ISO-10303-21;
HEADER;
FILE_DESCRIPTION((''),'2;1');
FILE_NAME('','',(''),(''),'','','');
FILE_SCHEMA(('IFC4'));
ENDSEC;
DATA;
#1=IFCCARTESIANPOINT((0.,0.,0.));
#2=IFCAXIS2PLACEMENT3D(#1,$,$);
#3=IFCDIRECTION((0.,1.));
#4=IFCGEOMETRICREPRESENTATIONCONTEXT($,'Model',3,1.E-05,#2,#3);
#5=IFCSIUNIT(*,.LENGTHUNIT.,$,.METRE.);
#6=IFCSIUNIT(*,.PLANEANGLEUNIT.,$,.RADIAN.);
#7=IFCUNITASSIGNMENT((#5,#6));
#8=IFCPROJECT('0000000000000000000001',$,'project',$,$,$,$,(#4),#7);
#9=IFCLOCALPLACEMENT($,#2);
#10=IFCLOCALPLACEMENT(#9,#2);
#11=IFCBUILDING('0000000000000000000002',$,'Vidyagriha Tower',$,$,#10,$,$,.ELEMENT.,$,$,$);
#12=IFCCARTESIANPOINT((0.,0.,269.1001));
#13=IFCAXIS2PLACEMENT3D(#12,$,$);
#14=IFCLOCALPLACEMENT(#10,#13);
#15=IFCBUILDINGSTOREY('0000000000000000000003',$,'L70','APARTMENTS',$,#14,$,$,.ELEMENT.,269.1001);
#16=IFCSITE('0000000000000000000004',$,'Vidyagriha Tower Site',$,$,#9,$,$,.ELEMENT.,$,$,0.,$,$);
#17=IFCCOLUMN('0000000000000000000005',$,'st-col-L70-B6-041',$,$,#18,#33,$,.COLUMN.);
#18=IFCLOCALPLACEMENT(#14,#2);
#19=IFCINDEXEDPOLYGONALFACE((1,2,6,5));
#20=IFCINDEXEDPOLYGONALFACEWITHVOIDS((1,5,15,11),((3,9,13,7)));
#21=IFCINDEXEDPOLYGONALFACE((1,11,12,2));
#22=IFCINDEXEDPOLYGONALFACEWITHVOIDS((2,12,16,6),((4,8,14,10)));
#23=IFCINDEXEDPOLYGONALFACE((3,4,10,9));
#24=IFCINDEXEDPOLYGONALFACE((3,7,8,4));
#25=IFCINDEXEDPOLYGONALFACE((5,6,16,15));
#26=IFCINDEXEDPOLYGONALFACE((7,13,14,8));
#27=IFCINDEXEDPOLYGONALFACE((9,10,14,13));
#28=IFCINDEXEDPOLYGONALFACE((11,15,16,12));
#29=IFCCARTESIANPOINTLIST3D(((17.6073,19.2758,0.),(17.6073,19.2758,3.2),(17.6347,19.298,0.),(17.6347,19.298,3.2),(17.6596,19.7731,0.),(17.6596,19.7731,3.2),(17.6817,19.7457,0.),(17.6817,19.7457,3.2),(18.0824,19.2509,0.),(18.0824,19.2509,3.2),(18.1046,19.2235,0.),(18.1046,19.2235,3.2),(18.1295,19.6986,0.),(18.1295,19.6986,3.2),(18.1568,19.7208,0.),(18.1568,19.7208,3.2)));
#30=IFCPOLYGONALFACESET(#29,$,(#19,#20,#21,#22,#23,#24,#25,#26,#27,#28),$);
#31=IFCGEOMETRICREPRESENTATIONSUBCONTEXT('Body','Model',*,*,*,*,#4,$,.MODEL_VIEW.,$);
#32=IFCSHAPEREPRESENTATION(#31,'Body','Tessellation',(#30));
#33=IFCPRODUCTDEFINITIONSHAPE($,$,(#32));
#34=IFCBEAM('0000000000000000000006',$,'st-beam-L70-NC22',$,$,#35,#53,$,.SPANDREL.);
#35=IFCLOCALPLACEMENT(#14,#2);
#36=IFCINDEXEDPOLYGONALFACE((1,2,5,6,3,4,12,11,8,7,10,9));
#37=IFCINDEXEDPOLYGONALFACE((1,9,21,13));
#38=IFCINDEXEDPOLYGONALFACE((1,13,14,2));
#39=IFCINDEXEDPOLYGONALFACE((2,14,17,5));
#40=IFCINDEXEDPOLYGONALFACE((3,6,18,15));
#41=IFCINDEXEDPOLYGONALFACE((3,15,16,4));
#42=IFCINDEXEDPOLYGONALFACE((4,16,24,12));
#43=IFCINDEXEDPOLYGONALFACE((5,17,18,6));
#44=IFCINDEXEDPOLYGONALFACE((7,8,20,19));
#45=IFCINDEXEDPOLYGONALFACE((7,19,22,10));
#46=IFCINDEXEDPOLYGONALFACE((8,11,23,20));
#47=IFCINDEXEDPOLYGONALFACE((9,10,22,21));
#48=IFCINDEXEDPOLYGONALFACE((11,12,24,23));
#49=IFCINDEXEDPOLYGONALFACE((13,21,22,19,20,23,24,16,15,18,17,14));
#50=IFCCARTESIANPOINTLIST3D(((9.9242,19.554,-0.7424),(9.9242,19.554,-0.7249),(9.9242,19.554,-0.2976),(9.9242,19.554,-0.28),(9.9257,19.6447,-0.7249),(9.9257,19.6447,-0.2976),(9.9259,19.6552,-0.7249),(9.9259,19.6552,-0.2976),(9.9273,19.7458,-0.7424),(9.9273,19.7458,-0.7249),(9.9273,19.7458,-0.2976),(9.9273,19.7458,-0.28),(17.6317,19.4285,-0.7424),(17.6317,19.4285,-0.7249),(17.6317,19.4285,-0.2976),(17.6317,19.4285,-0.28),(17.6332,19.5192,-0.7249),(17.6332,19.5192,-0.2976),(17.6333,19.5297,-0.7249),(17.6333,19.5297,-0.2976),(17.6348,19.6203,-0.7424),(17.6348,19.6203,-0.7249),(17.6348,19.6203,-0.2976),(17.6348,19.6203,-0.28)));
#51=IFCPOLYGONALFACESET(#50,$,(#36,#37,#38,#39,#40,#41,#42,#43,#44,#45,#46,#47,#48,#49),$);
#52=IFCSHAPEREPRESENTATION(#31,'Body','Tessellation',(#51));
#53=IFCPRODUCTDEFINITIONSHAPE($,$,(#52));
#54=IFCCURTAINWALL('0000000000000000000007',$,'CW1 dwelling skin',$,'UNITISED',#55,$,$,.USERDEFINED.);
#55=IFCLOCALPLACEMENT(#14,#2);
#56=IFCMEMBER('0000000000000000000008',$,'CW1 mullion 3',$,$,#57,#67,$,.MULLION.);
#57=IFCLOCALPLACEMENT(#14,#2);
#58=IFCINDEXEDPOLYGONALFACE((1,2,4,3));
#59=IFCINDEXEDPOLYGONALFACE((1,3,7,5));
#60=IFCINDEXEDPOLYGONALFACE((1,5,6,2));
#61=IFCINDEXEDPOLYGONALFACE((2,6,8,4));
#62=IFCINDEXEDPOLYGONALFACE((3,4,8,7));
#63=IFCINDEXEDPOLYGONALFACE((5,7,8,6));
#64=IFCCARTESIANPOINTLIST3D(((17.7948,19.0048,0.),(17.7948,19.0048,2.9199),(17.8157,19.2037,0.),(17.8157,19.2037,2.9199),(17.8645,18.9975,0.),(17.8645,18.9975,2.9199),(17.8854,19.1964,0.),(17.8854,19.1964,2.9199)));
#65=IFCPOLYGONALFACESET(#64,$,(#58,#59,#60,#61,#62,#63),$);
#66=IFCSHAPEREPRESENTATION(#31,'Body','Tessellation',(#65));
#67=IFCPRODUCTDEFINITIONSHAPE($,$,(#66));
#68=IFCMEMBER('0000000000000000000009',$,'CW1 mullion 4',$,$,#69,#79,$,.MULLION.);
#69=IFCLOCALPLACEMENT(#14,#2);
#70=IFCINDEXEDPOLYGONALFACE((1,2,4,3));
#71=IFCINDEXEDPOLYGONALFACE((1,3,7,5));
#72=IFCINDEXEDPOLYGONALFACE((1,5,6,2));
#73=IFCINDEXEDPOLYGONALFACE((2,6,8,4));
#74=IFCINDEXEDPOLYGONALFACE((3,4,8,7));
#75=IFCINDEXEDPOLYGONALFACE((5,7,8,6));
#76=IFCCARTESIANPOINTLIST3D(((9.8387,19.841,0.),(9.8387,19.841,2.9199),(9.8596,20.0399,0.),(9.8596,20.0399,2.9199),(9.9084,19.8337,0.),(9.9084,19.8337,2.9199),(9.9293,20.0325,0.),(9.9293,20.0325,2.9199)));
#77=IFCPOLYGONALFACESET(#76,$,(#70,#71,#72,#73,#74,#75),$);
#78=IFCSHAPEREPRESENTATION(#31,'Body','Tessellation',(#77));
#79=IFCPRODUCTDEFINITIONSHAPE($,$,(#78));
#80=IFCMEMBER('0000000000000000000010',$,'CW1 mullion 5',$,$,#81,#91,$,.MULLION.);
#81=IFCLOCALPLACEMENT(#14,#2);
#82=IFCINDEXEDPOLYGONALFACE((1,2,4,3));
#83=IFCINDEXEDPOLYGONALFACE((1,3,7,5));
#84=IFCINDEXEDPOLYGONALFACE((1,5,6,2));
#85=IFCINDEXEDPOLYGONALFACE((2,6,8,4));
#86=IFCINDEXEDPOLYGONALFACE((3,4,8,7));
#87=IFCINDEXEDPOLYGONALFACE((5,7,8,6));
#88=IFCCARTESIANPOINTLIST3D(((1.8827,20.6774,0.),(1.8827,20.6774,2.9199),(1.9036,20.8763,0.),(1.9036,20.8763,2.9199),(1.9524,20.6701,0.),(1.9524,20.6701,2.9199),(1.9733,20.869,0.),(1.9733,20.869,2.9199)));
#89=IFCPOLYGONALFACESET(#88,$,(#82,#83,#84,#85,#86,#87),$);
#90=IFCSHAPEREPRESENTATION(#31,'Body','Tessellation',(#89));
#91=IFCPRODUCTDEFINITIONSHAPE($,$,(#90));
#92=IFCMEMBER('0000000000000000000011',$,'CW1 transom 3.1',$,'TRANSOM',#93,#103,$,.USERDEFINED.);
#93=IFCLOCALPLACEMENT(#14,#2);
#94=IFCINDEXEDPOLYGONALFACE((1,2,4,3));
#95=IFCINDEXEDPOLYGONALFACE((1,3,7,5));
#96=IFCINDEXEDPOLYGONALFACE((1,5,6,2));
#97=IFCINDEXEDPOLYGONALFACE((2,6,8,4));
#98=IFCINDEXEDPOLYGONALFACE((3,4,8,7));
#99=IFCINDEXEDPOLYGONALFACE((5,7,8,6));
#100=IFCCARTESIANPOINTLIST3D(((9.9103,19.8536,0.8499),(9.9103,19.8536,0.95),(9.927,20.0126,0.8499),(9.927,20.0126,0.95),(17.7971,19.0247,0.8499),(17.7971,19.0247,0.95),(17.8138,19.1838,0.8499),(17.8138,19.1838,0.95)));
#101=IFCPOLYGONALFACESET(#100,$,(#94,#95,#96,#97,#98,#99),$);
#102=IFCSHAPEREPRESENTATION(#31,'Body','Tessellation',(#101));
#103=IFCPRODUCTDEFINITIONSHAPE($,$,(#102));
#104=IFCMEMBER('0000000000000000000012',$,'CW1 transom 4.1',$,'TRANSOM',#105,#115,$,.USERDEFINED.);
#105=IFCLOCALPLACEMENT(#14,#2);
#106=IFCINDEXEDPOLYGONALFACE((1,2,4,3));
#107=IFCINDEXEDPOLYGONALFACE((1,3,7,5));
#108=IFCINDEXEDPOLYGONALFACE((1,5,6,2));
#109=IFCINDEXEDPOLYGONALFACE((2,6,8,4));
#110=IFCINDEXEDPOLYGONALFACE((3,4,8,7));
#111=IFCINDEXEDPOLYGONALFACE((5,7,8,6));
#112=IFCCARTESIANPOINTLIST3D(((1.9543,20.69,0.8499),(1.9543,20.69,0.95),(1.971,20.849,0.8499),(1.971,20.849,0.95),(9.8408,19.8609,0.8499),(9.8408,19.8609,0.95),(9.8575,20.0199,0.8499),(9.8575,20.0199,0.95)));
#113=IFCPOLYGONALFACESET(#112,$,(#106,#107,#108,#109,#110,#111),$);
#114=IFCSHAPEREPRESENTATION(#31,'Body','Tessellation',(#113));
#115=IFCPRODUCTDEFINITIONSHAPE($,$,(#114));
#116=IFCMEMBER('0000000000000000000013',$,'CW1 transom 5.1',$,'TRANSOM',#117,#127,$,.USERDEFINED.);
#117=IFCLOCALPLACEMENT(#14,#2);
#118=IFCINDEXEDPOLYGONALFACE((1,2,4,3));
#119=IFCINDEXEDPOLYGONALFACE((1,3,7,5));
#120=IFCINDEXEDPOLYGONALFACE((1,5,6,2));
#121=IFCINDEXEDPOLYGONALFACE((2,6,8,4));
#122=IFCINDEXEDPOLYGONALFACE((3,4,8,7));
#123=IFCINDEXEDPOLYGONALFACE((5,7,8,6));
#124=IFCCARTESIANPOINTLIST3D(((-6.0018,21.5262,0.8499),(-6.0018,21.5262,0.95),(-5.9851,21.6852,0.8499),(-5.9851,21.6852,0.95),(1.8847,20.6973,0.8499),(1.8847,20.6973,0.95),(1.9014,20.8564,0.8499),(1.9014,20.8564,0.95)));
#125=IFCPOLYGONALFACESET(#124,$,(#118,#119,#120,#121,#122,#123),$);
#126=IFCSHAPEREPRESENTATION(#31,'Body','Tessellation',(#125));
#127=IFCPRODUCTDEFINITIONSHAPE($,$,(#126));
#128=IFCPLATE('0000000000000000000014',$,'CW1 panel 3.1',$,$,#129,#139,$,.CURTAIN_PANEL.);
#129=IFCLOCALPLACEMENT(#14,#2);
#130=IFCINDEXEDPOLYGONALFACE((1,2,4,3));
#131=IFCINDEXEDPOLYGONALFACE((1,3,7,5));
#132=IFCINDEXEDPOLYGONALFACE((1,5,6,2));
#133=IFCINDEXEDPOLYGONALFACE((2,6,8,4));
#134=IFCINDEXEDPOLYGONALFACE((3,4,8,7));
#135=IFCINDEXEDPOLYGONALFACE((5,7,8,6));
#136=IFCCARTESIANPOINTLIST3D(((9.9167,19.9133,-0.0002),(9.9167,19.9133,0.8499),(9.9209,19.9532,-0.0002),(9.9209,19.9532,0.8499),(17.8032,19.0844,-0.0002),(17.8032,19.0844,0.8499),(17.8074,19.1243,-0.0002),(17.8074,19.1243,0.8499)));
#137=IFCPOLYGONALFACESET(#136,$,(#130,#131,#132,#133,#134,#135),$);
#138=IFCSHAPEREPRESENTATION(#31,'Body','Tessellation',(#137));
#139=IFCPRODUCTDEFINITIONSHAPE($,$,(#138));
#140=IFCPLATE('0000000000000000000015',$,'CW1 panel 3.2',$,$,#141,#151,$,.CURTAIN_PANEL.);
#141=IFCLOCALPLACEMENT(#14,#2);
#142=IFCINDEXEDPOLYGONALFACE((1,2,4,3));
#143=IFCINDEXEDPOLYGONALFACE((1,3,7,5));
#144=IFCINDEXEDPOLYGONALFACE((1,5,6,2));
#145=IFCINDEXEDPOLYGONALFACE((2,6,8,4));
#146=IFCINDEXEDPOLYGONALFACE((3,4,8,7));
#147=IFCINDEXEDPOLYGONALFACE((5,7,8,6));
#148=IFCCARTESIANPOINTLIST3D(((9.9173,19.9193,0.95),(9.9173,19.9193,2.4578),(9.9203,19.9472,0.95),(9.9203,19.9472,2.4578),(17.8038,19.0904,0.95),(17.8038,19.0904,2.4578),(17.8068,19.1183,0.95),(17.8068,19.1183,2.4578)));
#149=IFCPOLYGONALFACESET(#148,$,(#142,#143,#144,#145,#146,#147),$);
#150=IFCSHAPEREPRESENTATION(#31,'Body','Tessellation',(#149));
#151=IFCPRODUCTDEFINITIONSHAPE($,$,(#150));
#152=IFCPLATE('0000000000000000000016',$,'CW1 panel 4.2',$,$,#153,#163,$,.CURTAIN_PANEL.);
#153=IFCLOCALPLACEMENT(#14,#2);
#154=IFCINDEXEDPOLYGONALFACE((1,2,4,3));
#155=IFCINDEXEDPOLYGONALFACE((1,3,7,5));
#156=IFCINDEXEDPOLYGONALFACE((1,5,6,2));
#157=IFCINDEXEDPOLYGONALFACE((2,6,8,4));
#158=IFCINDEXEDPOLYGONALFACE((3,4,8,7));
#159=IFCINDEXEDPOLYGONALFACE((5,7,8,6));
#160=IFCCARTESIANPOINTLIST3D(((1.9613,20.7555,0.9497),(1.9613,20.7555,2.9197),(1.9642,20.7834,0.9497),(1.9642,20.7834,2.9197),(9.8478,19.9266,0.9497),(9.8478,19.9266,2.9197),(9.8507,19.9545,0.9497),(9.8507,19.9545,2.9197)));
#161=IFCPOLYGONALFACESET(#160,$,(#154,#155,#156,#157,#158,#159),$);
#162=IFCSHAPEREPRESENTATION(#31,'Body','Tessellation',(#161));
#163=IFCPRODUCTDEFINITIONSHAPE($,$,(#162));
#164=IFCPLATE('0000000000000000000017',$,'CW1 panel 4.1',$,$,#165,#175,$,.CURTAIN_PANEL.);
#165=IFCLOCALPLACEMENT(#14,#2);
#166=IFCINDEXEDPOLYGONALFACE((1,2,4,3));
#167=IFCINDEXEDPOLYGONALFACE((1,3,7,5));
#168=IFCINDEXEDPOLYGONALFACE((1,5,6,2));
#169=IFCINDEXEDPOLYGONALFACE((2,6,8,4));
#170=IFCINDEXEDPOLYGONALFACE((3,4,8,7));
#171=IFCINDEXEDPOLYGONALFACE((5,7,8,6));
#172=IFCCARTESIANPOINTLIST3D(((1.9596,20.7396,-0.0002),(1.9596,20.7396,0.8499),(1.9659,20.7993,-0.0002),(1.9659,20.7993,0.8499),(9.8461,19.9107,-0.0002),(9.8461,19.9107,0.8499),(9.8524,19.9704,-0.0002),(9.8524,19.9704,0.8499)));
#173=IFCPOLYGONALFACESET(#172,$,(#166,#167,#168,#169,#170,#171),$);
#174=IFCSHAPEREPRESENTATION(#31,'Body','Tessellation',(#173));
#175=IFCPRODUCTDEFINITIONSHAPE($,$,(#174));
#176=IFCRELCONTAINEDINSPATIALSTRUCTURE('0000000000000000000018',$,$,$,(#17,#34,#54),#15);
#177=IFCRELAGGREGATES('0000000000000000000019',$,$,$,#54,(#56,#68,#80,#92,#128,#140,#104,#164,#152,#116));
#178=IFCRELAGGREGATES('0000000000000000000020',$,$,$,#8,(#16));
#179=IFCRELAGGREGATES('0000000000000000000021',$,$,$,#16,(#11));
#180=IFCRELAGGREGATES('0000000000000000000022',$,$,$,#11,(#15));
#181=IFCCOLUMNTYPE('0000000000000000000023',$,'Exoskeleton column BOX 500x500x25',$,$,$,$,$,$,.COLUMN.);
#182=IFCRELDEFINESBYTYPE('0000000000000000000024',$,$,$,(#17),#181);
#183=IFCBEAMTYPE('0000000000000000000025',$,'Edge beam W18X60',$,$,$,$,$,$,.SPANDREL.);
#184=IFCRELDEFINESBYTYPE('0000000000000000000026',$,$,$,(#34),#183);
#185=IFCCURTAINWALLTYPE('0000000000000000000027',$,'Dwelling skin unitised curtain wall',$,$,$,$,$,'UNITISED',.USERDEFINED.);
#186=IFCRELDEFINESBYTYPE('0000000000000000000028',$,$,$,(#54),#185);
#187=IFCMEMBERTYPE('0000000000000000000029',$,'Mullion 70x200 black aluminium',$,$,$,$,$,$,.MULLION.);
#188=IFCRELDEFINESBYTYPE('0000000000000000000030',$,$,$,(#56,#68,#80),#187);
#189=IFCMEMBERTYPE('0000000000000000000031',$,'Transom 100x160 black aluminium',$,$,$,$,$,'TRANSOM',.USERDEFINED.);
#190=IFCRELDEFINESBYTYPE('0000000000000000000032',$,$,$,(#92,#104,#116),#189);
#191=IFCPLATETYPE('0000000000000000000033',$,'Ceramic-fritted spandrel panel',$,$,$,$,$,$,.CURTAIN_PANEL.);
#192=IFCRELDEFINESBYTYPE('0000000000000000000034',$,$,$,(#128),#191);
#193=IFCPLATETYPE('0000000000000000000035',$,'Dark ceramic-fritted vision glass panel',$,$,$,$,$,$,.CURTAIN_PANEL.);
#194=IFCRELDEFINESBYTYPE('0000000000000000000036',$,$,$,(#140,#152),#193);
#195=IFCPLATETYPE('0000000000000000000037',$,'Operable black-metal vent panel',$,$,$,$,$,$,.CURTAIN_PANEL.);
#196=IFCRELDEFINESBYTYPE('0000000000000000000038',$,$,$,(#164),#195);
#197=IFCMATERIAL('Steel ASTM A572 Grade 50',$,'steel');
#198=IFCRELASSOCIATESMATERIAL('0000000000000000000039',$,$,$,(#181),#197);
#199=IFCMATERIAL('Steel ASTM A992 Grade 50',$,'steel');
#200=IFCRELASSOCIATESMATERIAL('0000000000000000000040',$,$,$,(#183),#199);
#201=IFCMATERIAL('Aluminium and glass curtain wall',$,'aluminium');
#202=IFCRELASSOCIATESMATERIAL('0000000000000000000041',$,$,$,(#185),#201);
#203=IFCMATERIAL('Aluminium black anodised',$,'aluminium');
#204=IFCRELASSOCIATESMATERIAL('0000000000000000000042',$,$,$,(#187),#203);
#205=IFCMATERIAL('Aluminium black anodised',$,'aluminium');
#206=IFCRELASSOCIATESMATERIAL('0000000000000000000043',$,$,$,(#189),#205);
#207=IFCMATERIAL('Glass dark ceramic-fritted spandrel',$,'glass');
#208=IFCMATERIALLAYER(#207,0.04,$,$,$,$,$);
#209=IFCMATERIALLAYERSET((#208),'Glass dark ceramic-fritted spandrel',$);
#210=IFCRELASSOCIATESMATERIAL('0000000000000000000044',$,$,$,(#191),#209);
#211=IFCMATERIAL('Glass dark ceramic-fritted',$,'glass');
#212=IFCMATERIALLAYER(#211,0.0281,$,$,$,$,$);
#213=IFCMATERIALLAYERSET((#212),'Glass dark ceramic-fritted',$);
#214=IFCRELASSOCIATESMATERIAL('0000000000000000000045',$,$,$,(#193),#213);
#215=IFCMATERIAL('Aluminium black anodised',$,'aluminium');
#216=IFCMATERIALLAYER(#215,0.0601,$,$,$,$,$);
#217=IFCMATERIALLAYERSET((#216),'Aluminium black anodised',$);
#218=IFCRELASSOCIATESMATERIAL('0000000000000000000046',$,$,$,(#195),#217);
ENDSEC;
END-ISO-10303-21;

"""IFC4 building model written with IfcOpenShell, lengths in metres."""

from ifc_helpers import new_model, si_unit, direction, frame, origin, origin_2d, place, context, subcontext, project, spatial, rectangle, hollow_rectangle, i_section, extrude, material, layer, layer_set, material_profile, profile_set, type_object, element, aggregate, save


model = new_model("IFC4")

# Units and contexts
model_context = context("Model", 3, precision=1e-05, world=origin(), true_north=direction((0.0, 1.0)))
body_context = subcontext(model_context, "Body", "Model", "MODEL_VIEW")
ifc_project = project(units=[si_unit("LENGTHUNIT", "METRE"), si_unit("PLANEANGLEUNIT", "RADIAN")], contexts=[model_context])

# Site, building, storey
site_placement = place(None, origin())
site = spatial("IfcSite", under=ifc_project, at=site_placement, Name="Vidyagriha Tower Site", CompositionType="ELEMENT", RefElevation=0.0)
building_placement = place(site_placement, origin())
building = spatial("IfcBuilding", under=site, at=building_placement, Name="Vidyagriha Tower", CompositionType="ELEMENT")
storey_placement = place(building_placement, frame((0.0, 0.0, 269.1001)))
storey = spatial("IfcBuildingStorey", under=building, at=storey_placement, Name="L70", Description="APARTMENTS", CompositionType="ELEMENT", Elevation=269.1001)

# Column
ifc_material_1 = material(Name="Steel ASTM A572 Grade 50", Category="steel")
ifc_material_profile_1 = material_profile(ifc_material_1, hollow_rectangle(XDim=0.5, YDim=0.5, WallThickness=0.0249, at=origin_2d()), Name="BOX 500x500x25")
ifc_profile_set_1 = profile_set([ifc_material_profile_1], Name="Steel ASTM A572 Grade 50")
column_type = type_object("IfcColumnType", Name="Exoskeleton column BOX 500x500x25", PredefinedType="COLUMN", material=ifc_profile_set_1)
column_placement = place(storey_placement, frame((17.8821, 19.4983, 0.0), z_axis=(0.0, 0.0, 1.0), x_axis=(0.994522, -0.104528, 0.0)))
element("IfcColumn", 1, at=column_placement, inside=storey, type_object=column_type, Name="st-col-L70-B6-041", PredefinedType="COLUMN", context=body_context, shape_type="SweptSolid", body=[
    extrude(hollow_rectangle(XDim=0.5, YDim=0.5, WallThickness=0.0249, at=origin_2d()), origin(), (0.0, 0.0, 1.0), 3.2),
])

# Beam
ifc_material_2 = material(Name="Steel ASTM A992 Grade 50", Category="steel")
ifc_material_profile_2 = material_profile(ifc_material_2, i_section(OverallWidth=0.1919, OverallDepth=0.4624, WebThickness=0.0105, FlangeThickness=0.0176, at=origin_2d()), Name="W18X60")
ifc_profile_set_2 = profile_set([ifc_material_profile_2], Name="Steel ASTM A992 Grade 50")
beam_type = type_object("IfcBeamType", Name="Edge beam W18X60", PredefinedType="SPANDREL", material=ifc_profile_set_2)
beam_placement = place(storey_placement, frame((9.9258, 19.6499, -0.5112), z_axis=(0.999867, -0.016279, 0.0), x_axis=(0.016279, 0.999867, 0.0)))
element("IfcBeam", 2, at=beam_placement, inside=storey, type_object=beam_type, Name="st-beam-L70-NC22", PredefinedType="SPANDREL", context=body_context, shape_type="SweptSolid", body=[
    extrude(i_section(OverallWidth=0.1919, OverallDepth=0.4624, WebThickness=0.0105, FlangeThickness=0.0176, at=origin_2d()), origin(), (0.0, 0.0, 1.0), 7.7085),
])

# Curtain wall, members, plates
ifc_material_3 = material(Name="Aluminium and glass curtain wall", Category="aluminium")
curtain_wall_type = type_object("IfcCurtainWallType", Name="Dwelling skin unitised curtain wall", ElementType="UNITISED", PredefinedType="USERDEFINED", material=ifc_material_3)
curtain_wall_placement = place(storey_placement, origin())
curtain_wall = element("IfcCurtainWall", 3, at=curtain_wall_placement, inside=storey, type_object=curtain_wall_type, Name="CW1 dwelling skin", ObjectType="UNITISED", PredefinedType="USERDEFINED")
ifc_material_4 = material(Name="Aluminium black anodised", Category="aluminium")
ifc_material_profile_3 = material_profile(ifc_material_4, rectangle(XDim=0.2, YDim=0.0701, at=origin_2d()), Name="Mullion 70x200 black aluminium")
ifc_profile_set_3 = profile_set([ifc_material_profile_3], Name="Aluminium black anodised")
member_type_1 = type_object("IfcMemberType", Name="Mullion 70x200 black aluminium", PredefinedType="MULLION", material=ifc_profile_set_3)
member_1_placement = place(storey_placement, frame((17.8401, 19.1006, 0.0), z_axis=(0.0, 0.0, 1.0), x_axis=(-0.104529, -0.994522, 0.0)))
member_1 = element("IfcMember", 4, at=member_1_placement, type_object=member_type_1, Name="CW1 mullion 3", PredefinedType="MULLION", context=body_context, shape_type="SweptSolid", body=[
    extrude(rectangle(XDim=0.2, YDim=0.0701, at=origin_2d()), origin(), (0.0, 0.0, 1.0), 2.9199),
])
member_2_placement = place(storey_placement, frame((9.884, 19.9368, 0.0), z_axis=(0.0, 0.0, 1.0), x_axis=(-0.104529, -0.994522, 0.0)))
member_2 = element("IfcMember", 5, at=member_2_placement, type_object=member_type_1, Name="CW1 mullion 4", PredefinedType="MULLION", context=body_context, shape_type="SweptSolid", body=[
    extrude(rectangle(XDim=0.2, YDim=0.0701, at=origin_2d()), origin(), (0.0, 0.0, 1.0), 2.9199),
])
member_3_placement = place(storey_placement, frame((1.928, 20.7732, 0.0), z_axis=(0.0, 0.0, 1.0), x_axis=(-0.104529, -0.994522, 0.0)))
member_3 = element("IfcMember", 6, at=member_3_placement, type_object=member_type_1, Name="CW1 mullion 5", PredefinedType="MULLION", context=body_context, shape_type="SweptSolid", body=[
    extrude(rectangle(XDim=0.2, YDim=0.0701, at=origin_2d()), origin(), (0.0, 0.0, 1.0), 2.9199),
])
ifc_material_5 = material(Name="Aluminium black anodised", Category="aluminium")
ifc_material_profile_4 = material_profile(ifc_material_5, rectangle(XDim=0.1599, YDim=0.1001, at=origin_2d()), Name="Transom 100x160 black aluminium")
ifc_profile_set_4 = profile_set([ifc_material_profile_4], Name="Aluminium black anodised")
member_type_2 = type_object("IfcMemberType", Name="Transom 100x160 black aluminium", ElementType="TRANSOM", PredefinedType="USERDEFINED", material=ifc_profile_set_4)
member_4_placement = place(storey_placement, frame((17.8054, 19.1042, 0.8999), z_axis=(-0.994523, 0.10452, 0.0), x_axis=(-0.10452, -0.994523, 0.0)))
member_4 = element("IfcMember", 7, at=member_4_placement, type_object=member_type_2, Name="CW1 transom 3.1", ObjectType="TRANSOM", PredefinedType="USERDEFINED", context=body_context, shape_type="SweptSolid", body=[
    extrude(rectangle(XDim=0.1599, YDim=0.1001, at=origin_2d()), origin(), (0.0, 0.0, 1.0), 7.9302),
])
member_5_placement = place(storey_placement, frame((9.8491, 19.9404, 0.8999), z_axis=(-0.994519, 0.104553, 0.0), x_axis=(-0.104553, -0.994519, 0.0)))
member_5 = element("IfcMember", 8, at=member_5_placement, type_object=member_type_2, Name="CW1 transom 4.1", ObjectType="TRANSOM", PredefinedType="USERDEFINED", context=body_context, shape_type="SweptSolid", body=[
    extrude(rectangle(XDim=0.1599, YDim=0.1001, at=origin_2d()), origin(), (0.0, 0.0, 1.0), 7.9299),
])
member_6_placement = place(storey_placement, frame((1.8931, 20.7769, 0.8999), z_axis=(-0.994522, 0.104523, 0.0), x_axis=(-0.104523, -0.994522, 0.0)))
member_6 = element("IfcMember", 9, at=member_6_placement, type_object=member_type_2, Name="CW1 transom 5.1", ObjectType="TRANSOM", PredefinedType="USERDEFINED", context=body_context, shape_type="SweptSolid", body=[
    extrude(rectangle(XDim=0.1599, YDim=0.1001, at=origin_2d()), origin(), (0.0, 0.0, 1.0), 7.9299),
])
ifc_material_6 = material(Name="Glass dark ceramic-fritted spandrel", Category="glass")
ifc_layer_1 = layer(ifc_material_6, 0.04)
ifc_layer_set_1 = layer_set([ifc_layer_1], Name="Glass dark ceramic-fritted spandrel")
plate_type_1 = type_object("IfcPlateType", Name="Ceramic-fritted spandrel panel", PredefinedType="CURTAIN_PANEL", material=ifc_layer_set_1)
plate_1_placement = place(storey_placement, frame((13.8621, 19.5188, -0.0002), z_axis=(0.0, 0.0, 1.0), x_axis=(-0.994522, 0.104529, 0.0)))
plate_1 = element("IfcPlate", 10, at=plate_1_placement, type_object=plate_type_1, Name="CW1 panel 3.1", PredefinedType="CURTAIN_PANEL", context=body_context, shape_type="SweptSolid", body=[
    extrude(rectangle(XDim=7.9299, YDim=0.04, at=origin_2d()), origin(), (0.0, 0.0, 1.0), 0.8501),
])
ifc_material_7 = material(Name="Glass dark ceramic-fritted", Category="glass")
ifc_layer_2 = layer(ifc_material_7, 0.0281)
ifc_layer_set_2 = layer_set([ifc_layer_2], Name="Glass dark ceramic-fritted")
plate_type_2 = type_object("IfcPlateType", Name="Dark ceramic-fritted vision glass panel", PredefinedType="CURTAIN_PANEL", material=ifc_layer_set_2)
plate_2_placement = place(storey_placement, frame((13.8621, 19.5188, 0.95), z_axis=(0.0, 0.0, 1.0), x_axis=(-0.994522, 0.104529, 0.0)))
plate_2 = element("IfcPlate", 11, at=plate_2_placement, type_object=plate_type_2, Name="CW1 panel 3.2", PredefinedType="CURTAIN_PANEL", context=body_context, shape_type="SweptSolid", body=[
    extrude(rectangle(XDim=7.9299, YDim=0.0281, at=origin_2d()), origin(), (0.0, 0.0, 1.0), 1.5078),
])
plate_3_placement = place(storey_placement, frame((5.906, 20.355, 0.9497), z_axis=(0.0, 0.0, 1.0), x_axis=(-0.994522, 0.104529, 0.0)))
plate_3 = element("IfcPlate", 12, at=plate_3_placement, type_object=plate_type_2, Name="CW1 panel 4.2", PredefinedType="CURTAIN_PANEL", context=body_context, shape_type="SweptSolid", body=[
    extrude(rectangle(XDim=7.9299, YDim=0.0281, at=origin_2d()), origin(), (0.0, 0.0, 1.0), 1.97),
])
ifc_material_8 = material(Name="Aluminium black anodised", Category="aluminium")
ifc_layer_3 = layer(ifc_material_8, 0.0601)
ifc_layer_set_3 = layer_set([ifc_layer_3], Name="Aluminium black anodised")
plate_type_3 = type_object("IfcPlateType", Name="Operable black-metal vent panel", PredefinedType="CURTAIN_PANEL", material=ifc_layer_set_3)
plate_4_placement = place(storey_placement, frame((5.906, 20.355, -0.0002), z_axis=(0.0, 0.0, 1.0), x_axis=(-0.994522, 0.104529, 0.0)))
plate_4 = element("IfcPlate", 13, at=plate_4_placement, type_object=plate_type_3, Name="CW1 panel 4.1", PredefinedType="CURTAIN_PANEL", context=body_context, shape_type="SweptSolid", body=[
    extrude(rectangle(XDim=7.9299, YDim=0.0601, at=origin_2d()), origin(), (0.0, 0.0, 1.0), 0.8501),
])
aggregate(curtain_wall, [member_1, member_2, member_3, member_4, plate_1, plate_2, member_5, plate_4, plate_3, member_6])

save(model, "model.ifc")
